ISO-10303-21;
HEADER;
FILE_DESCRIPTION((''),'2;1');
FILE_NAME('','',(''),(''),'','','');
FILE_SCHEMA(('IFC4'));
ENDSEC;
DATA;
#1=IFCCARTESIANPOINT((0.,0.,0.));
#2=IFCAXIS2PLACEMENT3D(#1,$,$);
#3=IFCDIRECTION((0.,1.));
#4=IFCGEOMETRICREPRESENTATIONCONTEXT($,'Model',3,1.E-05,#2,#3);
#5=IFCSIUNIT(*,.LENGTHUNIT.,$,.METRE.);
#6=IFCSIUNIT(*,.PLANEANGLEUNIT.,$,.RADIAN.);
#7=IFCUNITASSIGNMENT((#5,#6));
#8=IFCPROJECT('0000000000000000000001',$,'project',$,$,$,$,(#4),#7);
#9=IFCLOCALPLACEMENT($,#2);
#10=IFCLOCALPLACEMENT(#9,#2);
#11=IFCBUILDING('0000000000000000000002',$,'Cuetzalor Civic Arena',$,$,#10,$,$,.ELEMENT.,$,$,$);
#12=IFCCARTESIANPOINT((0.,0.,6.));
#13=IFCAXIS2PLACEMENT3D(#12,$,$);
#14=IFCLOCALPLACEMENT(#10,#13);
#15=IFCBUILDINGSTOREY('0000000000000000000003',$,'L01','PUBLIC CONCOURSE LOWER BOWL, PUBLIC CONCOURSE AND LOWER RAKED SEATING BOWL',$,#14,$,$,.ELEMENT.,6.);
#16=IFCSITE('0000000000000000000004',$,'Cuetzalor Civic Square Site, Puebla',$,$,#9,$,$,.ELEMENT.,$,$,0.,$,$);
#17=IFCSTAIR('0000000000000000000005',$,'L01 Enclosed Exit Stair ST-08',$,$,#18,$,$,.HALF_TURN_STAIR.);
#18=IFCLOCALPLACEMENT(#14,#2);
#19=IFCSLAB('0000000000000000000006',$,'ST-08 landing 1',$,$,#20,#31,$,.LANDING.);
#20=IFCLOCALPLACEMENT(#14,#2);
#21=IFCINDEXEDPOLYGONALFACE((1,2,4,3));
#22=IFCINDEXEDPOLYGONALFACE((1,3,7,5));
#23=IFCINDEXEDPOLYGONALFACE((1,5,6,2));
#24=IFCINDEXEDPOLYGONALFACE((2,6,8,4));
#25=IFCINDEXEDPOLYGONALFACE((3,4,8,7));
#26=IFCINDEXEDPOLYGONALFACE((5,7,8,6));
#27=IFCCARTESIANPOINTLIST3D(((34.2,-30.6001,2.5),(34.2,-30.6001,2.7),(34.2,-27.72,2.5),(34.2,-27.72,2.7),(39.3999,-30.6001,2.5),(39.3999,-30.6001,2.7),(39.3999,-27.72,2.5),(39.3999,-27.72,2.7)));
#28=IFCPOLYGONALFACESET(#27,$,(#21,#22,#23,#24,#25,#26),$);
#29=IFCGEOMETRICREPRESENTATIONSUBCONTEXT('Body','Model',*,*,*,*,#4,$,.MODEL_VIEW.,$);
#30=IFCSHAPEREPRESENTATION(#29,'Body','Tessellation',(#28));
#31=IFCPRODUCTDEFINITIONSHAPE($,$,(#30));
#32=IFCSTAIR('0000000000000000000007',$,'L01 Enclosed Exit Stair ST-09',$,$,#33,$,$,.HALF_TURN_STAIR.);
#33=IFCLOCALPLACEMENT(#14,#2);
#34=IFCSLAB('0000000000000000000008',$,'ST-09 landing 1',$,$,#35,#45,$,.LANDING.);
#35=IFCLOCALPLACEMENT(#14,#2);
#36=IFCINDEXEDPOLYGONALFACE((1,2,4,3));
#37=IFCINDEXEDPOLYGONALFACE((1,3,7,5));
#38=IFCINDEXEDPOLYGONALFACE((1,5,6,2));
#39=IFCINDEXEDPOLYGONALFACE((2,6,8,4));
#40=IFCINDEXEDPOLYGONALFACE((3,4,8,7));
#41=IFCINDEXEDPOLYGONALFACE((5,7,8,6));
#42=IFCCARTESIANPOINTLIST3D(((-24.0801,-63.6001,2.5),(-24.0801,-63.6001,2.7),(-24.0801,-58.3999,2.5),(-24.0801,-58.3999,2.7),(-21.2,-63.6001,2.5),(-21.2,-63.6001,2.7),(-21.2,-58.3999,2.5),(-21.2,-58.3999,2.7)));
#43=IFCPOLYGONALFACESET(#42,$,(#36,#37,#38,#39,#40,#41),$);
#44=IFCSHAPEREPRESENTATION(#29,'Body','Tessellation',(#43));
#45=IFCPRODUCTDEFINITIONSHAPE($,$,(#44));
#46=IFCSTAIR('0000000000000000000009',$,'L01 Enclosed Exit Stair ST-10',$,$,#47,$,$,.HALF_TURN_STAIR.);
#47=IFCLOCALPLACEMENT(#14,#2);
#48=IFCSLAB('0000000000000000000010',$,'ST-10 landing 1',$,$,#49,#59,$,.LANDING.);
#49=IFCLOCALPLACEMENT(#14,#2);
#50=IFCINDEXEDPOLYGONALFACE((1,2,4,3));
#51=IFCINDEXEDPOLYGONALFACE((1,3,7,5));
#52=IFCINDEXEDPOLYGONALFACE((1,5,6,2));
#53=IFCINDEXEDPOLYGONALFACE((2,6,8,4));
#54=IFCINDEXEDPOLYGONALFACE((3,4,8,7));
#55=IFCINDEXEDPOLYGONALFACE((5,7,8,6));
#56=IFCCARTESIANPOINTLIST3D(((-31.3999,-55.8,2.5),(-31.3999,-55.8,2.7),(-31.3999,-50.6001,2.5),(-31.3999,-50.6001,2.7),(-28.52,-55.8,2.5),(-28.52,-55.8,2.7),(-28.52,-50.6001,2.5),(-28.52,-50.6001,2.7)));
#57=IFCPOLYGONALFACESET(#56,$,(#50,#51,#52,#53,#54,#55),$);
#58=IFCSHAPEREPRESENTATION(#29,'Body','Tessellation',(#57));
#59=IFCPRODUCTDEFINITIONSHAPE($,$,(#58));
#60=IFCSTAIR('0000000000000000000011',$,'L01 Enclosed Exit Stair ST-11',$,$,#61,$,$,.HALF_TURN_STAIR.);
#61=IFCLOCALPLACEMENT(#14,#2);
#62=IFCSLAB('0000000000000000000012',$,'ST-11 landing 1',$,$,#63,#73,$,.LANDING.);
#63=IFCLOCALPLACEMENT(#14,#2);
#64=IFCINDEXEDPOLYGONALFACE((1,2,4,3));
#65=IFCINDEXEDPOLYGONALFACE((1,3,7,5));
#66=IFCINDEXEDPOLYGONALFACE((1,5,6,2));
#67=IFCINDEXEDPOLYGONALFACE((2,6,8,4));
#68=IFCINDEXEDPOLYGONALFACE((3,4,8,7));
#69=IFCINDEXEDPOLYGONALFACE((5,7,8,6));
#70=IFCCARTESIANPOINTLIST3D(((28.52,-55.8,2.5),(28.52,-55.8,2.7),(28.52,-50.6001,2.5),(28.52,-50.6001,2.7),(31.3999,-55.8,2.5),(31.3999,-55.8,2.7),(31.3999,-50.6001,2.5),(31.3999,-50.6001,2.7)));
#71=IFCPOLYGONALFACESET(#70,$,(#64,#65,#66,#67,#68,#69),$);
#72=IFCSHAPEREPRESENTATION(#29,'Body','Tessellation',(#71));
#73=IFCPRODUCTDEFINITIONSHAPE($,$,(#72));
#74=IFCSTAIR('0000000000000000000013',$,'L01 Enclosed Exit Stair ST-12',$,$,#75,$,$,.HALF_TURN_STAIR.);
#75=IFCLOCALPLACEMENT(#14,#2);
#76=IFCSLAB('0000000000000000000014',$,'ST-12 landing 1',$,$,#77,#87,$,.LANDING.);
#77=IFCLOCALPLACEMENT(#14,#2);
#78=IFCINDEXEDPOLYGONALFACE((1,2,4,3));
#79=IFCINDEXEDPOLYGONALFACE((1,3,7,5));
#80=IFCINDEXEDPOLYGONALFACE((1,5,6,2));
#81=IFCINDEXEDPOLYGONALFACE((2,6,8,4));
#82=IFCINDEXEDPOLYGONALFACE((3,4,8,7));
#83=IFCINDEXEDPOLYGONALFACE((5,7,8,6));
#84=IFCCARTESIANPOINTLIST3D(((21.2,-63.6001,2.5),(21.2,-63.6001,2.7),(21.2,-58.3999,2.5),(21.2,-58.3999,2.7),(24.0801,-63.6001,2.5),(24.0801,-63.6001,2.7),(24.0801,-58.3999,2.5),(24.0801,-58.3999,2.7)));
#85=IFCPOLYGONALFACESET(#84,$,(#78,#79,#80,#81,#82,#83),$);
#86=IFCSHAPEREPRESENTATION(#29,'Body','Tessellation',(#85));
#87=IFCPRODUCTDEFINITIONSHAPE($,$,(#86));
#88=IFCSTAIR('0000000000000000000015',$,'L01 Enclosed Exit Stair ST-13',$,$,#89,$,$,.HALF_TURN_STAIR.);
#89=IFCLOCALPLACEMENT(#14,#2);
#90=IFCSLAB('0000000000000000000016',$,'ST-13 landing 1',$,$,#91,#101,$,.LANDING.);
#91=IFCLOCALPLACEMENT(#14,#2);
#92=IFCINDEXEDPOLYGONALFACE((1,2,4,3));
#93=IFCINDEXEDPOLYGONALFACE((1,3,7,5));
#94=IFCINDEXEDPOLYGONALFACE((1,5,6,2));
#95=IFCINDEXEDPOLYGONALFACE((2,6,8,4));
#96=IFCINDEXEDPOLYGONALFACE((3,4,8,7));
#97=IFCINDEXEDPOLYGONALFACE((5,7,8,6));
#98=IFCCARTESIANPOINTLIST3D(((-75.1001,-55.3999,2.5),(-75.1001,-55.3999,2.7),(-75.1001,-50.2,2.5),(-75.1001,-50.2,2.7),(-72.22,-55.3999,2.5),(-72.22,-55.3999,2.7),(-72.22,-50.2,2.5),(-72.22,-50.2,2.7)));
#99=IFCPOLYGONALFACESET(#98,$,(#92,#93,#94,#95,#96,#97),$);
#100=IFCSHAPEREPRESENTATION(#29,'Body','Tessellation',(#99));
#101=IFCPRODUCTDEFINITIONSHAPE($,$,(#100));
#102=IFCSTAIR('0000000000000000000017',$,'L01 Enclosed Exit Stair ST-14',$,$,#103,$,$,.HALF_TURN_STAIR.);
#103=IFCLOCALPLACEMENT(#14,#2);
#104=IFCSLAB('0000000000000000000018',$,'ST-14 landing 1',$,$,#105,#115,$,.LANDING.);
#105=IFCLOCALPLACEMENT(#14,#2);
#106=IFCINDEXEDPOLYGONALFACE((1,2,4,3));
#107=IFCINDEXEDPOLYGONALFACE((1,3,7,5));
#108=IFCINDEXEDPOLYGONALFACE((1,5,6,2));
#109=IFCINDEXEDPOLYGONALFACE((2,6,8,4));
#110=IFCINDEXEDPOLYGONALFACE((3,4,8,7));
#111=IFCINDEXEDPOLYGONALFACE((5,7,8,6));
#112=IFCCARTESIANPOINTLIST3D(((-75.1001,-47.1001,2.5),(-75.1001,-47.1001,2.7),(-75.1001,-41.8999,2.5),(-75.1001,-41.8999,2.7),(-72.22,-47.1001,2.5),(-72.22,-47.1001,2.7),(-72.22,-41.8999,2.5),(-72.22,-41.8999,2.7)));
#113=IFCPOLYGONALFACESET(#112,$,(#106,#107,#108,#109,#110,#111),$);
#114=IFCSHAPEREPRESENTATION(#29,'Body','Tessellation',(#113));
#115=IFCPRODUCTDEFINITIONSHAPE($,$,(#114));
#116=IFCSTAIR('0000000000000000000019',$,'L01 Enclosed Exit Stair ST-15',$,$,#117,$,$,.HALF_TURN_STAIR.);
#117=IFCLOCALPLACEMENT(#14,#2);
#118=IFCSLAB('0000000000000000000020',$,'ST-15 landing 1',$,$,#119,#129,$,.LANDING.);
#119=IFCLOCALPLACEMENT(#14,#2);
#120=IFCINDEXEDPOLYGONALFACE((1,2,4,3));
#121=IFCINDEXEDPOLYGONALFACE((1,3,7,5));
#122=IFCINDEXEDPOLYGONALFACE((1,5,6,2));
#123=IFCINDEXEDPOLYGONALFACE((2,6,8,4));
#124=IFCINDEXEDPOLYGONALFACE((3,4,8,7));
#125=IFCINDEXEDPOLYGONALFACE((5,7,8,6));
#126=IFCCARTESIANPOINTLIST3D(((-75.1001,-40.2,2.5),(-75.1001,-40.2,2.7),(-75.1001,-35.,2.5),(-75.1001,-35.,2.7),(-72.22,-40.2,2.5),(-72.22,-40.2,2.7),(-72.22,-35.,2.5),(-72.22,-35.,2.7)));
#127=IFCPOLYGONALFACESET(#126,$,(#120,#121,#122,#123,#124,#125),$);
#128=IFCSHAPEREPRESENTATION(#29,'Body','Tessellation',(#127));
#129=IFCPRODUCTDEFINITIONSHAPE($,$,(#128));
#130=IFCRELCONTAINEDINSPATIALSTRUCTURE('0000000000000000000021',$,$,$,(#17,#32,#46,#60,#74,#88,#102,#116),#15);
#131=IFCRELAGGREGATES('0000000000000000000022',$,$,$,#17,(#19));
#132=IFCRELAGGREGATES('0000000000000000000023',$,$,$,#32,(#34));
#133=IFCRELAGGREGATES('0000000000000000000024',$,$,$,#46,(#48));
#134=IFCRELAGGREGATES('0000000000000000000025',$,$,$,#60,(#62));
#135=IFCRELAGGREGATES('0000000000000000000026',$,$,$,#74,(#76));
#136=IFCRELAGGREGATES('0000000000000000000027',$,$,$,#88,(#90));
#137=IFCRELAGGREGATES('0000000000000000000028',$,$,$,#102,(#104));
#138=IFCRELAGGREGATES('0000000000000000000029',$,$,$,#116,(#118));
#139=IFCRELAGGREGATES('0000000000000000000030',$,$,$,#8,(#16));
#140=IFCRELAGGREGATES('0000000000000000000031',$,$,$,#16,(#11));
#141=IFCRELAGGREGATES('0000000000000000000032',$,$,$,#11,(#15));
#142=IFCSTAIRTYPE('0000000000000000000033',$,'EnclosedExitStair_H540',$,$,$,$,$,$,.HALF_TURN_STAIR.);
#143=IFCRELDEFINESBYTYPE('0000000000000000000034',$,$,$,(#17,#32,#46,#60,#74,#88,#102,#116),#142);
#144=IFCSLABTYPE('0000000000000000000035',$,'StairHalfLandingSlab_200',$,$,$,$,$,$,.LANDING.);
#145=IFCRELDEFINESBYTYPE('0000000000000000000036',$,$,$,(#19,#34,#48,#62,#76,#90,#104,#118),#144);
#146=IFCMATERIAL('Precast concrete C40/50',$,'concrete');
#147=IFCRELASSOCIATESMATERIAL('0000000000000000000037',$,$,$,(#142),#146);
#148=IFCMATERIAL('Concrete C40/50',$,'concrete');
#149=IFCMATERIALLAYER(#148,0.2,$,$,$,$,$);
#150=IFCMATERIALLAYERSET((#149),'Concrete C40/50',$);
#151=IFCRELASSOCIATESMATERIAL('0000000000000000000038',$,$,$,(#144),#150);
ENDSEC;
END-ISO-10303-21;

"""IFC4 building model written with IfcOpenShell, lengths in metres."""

from ifc_helpers import new_model, si_unit, direction, frame, origin, place, context, subcontext, project, spatial, polyline, outline, extrude, material, layer, layer_set, type_object, element, aggregate, save


model = new_model("IFC4")

# Units and contexts
model_context = context("Model", 3, precision=1e-05, world=origin(), true_north=direction((0.0, 1.0)))
body_context = subcontext(model_context, "Body", "Model", "MODEL_VIEW")
ifc_project = project(units=[si_unit("LENGTHUNIT", "METRE"), si_unit("PLANEANGLEUNIT", "RADIAN")], contexts=[model_context])

# Site, building, storey
site_placement = place(None, origin())
site = spatial("IfcSite", under=ifc_project, at=site_placement, Name="Cuetzalor Civic Square Site, Puebla", CompositionType="ELEMENT", RefElevation=0.0)
building_placement = place(site_placement, origin())
building = spatial("IfcBuilding", under=site, at=building_placement, Name="Cuetzalor Civic Arena", CompositionType="ELEMENT")
storey_placement = place(building_placement, frame((0.0, 0.0, 6.0)))
storey = spatial("IfcBuildingStorey", under=building, at=storey_placement, Name="L01", Description="PUBLIC CONCOURSE LOWER BOWL, PUBLIC CONCOURSE AND LOWER RAKED SEATING BOWL", CompositionType="ELEMENT", Elevation=6.0)

# Stairs, slabs
ifc_material_1 = material(Name="Precast concrete C40/50", Category="concrete")
stair_type = type_object("IfcStairType", Name="EnclosedExitStair_H540", PredefinedType="HALF_TURN_STAIR", material=ifc_material_1)
ifc_material_2 = material(Name="Concrete C40/50", Category="concrete")
ifc_layer_1 = layer(ifc_material_2, 0.2)
ifc_layer_set_1 = layer_set([ifc_layer_1], Name="Concrete C40/50")
slab_type_1 = type_object("IfcSlabType", Name="StairHalfLandingSlab_200", PredefinedType="LANDING", material=ifc_layer_set_1)
stair_1_placement = place(storey_placement, origin())
stair_1 = element("IfcStair", 1, at=stair_1_placement, inside=storey, type_object=stair_type, Name="L01 Enclosed Exit Stair ST-08", PredefinedType="HALF_TURN_STAIR")
slab_1_placement = place(storey_placement, frame((0.0, 0.0, 2.5)))
slab_1 = element("IfcSlab", 2, at=slab_1_placement, type_object=slab_type_1, Name="ST-08 landing 1", PredefinedType="LANDING", context=body_context, shape_type="SweptSolid", body=[
    extrude(outline(polyline([(34.2, -27.72), (34.2, -30.6001), (39.3999, -30.6001), (39.3999, -27.72), (34.2, -27.72)])), origin(), (0.0, 0.0, 1.0), 0.2),
])
aggregate(stair_1, [slab_1])
stair_2_placement = place(storey_placement, origin())
stair_2 = element("IfcStair", 3, at=stair_2_placement, inside=storey, type_object=stair_type, Name="L01 Enclosed Exit Stair ST-09", PredefinedType="HALF_TURN_STAIR")
slab_2_placement = place(storey_placement, frame((0.0, 0.0, 2.5)))
slab_2 = element("IfcSlab", 4, at=slab_2_placement, type_object=slab_type_1, Name="ST-09 landing 1", PredefinedType="LANDING", context=body_context, shape_type="SweptSolid", body=[
    extrude(outline(polyline([(-24.0801, -63.6001), (-21.2, -63.6001), (-21.2, -58.3999), (-24.0801, -58.3999), (-24.0801, -63.6001)])), origin(), (0.0, 0.0, 1.0), 0.2),
])
aggregate(stair_2, [slab_2])
stair_3_placement = place(storey_placement, origin())
stair_3 = element("IfcStair", 5, at=stair_3_placement, inside=storey, type_object=stair_type, Name="L01 Enclosed Exit Stair ST-10", PredefinedType="HALF_TURN_STAIR")
slab_3_placement = place(storey_placement, frame((0.0, 0.0, 2.5)))
slab_3 = element("IfcSlab", 6, at=slab_3_placement, type_object=slab_type_1, Name="ST-10 landing 1", PredefinedType="LANDING", context=body_context, shape_type="SweptSolid", body=[
    extrude(outline(polyline([(-28.52, -50.6001), (-31.3999, -50.6001), (-31.3999, -55.8), (-28.52, -55.8), (-28.52, -50.6001)])), origin(), (0.0, 0.0, 1.0), 0.2),
])
aggregate(stair_3, [slab_3])
stair_4_placement = place(storey_placement, origin())
stair_4 = element("IfcStair", 7, at=stair_4_placement, inside=storey, type_object=stair_type, Name="L01 Enclosed Exit Stair ST-11", PredefinedType="HALF_TURN_STAIR")
slab_4_placement = place(storey_placement, frame((0.0, 0.0, 2.5)))
slab_4 = element("IfcSlab", 8, at=slab_4_placement, type_object=slab_type_1, Name="ST-11 landing 1", PredefinedType="LANDING", context=body_context, shape_type="SweptSolid", body=[
    extrude(outline(polyline([(28.52, -55.8), (31.3999, -55.8), (31.3999, -50.6001), (28.52, -50.6001), (28.52, -55.8)])), origin(), (0.0, 0.0, 1.0), 0.2),
])
aggregate(stair_4, [slab_4])
stair_5_placement = place(storey_placement, origin())
stair_5 = element("IfcStair", 9, at=stair_5_placement, inside=storey, type_object=stair_type, Name="L01 Enclosed Exit Stair ST-12", PredefinedType="HALF_TURN_STAIR")
slab_5_placement = place(storey_placement, frame((0.0, 0.0, 2.5)))
slab_5 = element("IfcSlab", 10, at=slab_5_placement, type_object=slab_type_1, Name="ST-12 landing 1", PredefinedType="LANDING", context=body_context, shape_type="SweptSolid", body=[
    extrude(outline(polyline([(24.0801, -58.3999), (21.2, -58.3999), (21.2, -63.6001), (24.0801, -63.6001), (24.0801, -58.3999)])), origin(), (0.0, 0.0, 1.0), 0.2),
])
aggregate(stair_5, [slab_5])
stair_6_placement = place(storey_placement, origin())
stair_6 = element("IfcStair", 11, at=stair_6_placement, inside=storey, type_object=stair_type, Name="L01 Enclosed Exit Stair ST-13", PredefinedType="HALF_TURN_STAIR")
slab_6_placement = place(storey_placement, frame((0.0, 0.0, 2.5)))
slab_6 = element("IfcSlab", 12, at=slab_6_placement, type_object=slab_type_1, Name="ST-13 landing 1", PredefinedType="LANDING", context=body_context, shape_type="SweptSolid", body=[
    extrude(outline(polyline([(-72.22, -50.2), (-75.1001, -50.2), (-75.1001, -55.3999), (-72.22, -55.3999), (-72.22, -50.2)])), origin(), (0.0, 0.0, 1.0), 0.2),
])
aggregate(stair_6, [slab_6])
stair_7_placement = place(storey_placement, origin())
stair_7 = element("IfcStair", 13, at=stair_7_placement, inside=storey, type_object=stair_type, Name="L01 Enclosed Exit Stair ST-14", PredefinedType="HALF_TURN_STAIR")
slab_7_placement = place(storey_placement, frame((0.0, 0.0, 2.5)))
slab_7 = element("IfcSlab", 14, at=slab_7_placement, type_object=slab_type_1, Name="ST-14 landing 1", PredefinedType="LANDING", context=body_context, shape_type="SweptSolid", body=[
    extrude(outline(polyline([(-72.22, -41.8999), (-75.1001, -41.8999), (-75.1001, -47.1001), (-72.22, -47.1001), (-72.22, -41.8999)])), origin(), (0.0, 0.0, 1.0), 0.2),
])
aggregate(stair_7, [slab_7])
stair_8_placement = place(storey_placement, origin())
stair_8 = element("IfcStair", 15, at=stair_8_placement, inside=storey, type_object=stair_type, Name="L01 Enclosed Exit Stair ST-15", PredefinedType="HALF_TURN_STAIR")
slab_8_placement = place(storey_placement, frame((0.0, 0.0, 2.5)))
slab_8 = element("IfcSlab", 16, at=slab_8_placement, type_object=slab_type_1, Name="ST-15 landing 1", PredefinedType="LANDING", context=body_context, shape_type="SweptSolid", body=[
    extrude(outline(polyline([(-72.22, -35.0), (-75.1001, -35.0), (-75.1001, -40.2), (-72.22, -40.2), (-72.22, -35.0)])), origin(), (0.0, 0.0, 1.0), 0.2),
])
aggregate(stair_8, [slab_8])

save(model, "model.ifc")
